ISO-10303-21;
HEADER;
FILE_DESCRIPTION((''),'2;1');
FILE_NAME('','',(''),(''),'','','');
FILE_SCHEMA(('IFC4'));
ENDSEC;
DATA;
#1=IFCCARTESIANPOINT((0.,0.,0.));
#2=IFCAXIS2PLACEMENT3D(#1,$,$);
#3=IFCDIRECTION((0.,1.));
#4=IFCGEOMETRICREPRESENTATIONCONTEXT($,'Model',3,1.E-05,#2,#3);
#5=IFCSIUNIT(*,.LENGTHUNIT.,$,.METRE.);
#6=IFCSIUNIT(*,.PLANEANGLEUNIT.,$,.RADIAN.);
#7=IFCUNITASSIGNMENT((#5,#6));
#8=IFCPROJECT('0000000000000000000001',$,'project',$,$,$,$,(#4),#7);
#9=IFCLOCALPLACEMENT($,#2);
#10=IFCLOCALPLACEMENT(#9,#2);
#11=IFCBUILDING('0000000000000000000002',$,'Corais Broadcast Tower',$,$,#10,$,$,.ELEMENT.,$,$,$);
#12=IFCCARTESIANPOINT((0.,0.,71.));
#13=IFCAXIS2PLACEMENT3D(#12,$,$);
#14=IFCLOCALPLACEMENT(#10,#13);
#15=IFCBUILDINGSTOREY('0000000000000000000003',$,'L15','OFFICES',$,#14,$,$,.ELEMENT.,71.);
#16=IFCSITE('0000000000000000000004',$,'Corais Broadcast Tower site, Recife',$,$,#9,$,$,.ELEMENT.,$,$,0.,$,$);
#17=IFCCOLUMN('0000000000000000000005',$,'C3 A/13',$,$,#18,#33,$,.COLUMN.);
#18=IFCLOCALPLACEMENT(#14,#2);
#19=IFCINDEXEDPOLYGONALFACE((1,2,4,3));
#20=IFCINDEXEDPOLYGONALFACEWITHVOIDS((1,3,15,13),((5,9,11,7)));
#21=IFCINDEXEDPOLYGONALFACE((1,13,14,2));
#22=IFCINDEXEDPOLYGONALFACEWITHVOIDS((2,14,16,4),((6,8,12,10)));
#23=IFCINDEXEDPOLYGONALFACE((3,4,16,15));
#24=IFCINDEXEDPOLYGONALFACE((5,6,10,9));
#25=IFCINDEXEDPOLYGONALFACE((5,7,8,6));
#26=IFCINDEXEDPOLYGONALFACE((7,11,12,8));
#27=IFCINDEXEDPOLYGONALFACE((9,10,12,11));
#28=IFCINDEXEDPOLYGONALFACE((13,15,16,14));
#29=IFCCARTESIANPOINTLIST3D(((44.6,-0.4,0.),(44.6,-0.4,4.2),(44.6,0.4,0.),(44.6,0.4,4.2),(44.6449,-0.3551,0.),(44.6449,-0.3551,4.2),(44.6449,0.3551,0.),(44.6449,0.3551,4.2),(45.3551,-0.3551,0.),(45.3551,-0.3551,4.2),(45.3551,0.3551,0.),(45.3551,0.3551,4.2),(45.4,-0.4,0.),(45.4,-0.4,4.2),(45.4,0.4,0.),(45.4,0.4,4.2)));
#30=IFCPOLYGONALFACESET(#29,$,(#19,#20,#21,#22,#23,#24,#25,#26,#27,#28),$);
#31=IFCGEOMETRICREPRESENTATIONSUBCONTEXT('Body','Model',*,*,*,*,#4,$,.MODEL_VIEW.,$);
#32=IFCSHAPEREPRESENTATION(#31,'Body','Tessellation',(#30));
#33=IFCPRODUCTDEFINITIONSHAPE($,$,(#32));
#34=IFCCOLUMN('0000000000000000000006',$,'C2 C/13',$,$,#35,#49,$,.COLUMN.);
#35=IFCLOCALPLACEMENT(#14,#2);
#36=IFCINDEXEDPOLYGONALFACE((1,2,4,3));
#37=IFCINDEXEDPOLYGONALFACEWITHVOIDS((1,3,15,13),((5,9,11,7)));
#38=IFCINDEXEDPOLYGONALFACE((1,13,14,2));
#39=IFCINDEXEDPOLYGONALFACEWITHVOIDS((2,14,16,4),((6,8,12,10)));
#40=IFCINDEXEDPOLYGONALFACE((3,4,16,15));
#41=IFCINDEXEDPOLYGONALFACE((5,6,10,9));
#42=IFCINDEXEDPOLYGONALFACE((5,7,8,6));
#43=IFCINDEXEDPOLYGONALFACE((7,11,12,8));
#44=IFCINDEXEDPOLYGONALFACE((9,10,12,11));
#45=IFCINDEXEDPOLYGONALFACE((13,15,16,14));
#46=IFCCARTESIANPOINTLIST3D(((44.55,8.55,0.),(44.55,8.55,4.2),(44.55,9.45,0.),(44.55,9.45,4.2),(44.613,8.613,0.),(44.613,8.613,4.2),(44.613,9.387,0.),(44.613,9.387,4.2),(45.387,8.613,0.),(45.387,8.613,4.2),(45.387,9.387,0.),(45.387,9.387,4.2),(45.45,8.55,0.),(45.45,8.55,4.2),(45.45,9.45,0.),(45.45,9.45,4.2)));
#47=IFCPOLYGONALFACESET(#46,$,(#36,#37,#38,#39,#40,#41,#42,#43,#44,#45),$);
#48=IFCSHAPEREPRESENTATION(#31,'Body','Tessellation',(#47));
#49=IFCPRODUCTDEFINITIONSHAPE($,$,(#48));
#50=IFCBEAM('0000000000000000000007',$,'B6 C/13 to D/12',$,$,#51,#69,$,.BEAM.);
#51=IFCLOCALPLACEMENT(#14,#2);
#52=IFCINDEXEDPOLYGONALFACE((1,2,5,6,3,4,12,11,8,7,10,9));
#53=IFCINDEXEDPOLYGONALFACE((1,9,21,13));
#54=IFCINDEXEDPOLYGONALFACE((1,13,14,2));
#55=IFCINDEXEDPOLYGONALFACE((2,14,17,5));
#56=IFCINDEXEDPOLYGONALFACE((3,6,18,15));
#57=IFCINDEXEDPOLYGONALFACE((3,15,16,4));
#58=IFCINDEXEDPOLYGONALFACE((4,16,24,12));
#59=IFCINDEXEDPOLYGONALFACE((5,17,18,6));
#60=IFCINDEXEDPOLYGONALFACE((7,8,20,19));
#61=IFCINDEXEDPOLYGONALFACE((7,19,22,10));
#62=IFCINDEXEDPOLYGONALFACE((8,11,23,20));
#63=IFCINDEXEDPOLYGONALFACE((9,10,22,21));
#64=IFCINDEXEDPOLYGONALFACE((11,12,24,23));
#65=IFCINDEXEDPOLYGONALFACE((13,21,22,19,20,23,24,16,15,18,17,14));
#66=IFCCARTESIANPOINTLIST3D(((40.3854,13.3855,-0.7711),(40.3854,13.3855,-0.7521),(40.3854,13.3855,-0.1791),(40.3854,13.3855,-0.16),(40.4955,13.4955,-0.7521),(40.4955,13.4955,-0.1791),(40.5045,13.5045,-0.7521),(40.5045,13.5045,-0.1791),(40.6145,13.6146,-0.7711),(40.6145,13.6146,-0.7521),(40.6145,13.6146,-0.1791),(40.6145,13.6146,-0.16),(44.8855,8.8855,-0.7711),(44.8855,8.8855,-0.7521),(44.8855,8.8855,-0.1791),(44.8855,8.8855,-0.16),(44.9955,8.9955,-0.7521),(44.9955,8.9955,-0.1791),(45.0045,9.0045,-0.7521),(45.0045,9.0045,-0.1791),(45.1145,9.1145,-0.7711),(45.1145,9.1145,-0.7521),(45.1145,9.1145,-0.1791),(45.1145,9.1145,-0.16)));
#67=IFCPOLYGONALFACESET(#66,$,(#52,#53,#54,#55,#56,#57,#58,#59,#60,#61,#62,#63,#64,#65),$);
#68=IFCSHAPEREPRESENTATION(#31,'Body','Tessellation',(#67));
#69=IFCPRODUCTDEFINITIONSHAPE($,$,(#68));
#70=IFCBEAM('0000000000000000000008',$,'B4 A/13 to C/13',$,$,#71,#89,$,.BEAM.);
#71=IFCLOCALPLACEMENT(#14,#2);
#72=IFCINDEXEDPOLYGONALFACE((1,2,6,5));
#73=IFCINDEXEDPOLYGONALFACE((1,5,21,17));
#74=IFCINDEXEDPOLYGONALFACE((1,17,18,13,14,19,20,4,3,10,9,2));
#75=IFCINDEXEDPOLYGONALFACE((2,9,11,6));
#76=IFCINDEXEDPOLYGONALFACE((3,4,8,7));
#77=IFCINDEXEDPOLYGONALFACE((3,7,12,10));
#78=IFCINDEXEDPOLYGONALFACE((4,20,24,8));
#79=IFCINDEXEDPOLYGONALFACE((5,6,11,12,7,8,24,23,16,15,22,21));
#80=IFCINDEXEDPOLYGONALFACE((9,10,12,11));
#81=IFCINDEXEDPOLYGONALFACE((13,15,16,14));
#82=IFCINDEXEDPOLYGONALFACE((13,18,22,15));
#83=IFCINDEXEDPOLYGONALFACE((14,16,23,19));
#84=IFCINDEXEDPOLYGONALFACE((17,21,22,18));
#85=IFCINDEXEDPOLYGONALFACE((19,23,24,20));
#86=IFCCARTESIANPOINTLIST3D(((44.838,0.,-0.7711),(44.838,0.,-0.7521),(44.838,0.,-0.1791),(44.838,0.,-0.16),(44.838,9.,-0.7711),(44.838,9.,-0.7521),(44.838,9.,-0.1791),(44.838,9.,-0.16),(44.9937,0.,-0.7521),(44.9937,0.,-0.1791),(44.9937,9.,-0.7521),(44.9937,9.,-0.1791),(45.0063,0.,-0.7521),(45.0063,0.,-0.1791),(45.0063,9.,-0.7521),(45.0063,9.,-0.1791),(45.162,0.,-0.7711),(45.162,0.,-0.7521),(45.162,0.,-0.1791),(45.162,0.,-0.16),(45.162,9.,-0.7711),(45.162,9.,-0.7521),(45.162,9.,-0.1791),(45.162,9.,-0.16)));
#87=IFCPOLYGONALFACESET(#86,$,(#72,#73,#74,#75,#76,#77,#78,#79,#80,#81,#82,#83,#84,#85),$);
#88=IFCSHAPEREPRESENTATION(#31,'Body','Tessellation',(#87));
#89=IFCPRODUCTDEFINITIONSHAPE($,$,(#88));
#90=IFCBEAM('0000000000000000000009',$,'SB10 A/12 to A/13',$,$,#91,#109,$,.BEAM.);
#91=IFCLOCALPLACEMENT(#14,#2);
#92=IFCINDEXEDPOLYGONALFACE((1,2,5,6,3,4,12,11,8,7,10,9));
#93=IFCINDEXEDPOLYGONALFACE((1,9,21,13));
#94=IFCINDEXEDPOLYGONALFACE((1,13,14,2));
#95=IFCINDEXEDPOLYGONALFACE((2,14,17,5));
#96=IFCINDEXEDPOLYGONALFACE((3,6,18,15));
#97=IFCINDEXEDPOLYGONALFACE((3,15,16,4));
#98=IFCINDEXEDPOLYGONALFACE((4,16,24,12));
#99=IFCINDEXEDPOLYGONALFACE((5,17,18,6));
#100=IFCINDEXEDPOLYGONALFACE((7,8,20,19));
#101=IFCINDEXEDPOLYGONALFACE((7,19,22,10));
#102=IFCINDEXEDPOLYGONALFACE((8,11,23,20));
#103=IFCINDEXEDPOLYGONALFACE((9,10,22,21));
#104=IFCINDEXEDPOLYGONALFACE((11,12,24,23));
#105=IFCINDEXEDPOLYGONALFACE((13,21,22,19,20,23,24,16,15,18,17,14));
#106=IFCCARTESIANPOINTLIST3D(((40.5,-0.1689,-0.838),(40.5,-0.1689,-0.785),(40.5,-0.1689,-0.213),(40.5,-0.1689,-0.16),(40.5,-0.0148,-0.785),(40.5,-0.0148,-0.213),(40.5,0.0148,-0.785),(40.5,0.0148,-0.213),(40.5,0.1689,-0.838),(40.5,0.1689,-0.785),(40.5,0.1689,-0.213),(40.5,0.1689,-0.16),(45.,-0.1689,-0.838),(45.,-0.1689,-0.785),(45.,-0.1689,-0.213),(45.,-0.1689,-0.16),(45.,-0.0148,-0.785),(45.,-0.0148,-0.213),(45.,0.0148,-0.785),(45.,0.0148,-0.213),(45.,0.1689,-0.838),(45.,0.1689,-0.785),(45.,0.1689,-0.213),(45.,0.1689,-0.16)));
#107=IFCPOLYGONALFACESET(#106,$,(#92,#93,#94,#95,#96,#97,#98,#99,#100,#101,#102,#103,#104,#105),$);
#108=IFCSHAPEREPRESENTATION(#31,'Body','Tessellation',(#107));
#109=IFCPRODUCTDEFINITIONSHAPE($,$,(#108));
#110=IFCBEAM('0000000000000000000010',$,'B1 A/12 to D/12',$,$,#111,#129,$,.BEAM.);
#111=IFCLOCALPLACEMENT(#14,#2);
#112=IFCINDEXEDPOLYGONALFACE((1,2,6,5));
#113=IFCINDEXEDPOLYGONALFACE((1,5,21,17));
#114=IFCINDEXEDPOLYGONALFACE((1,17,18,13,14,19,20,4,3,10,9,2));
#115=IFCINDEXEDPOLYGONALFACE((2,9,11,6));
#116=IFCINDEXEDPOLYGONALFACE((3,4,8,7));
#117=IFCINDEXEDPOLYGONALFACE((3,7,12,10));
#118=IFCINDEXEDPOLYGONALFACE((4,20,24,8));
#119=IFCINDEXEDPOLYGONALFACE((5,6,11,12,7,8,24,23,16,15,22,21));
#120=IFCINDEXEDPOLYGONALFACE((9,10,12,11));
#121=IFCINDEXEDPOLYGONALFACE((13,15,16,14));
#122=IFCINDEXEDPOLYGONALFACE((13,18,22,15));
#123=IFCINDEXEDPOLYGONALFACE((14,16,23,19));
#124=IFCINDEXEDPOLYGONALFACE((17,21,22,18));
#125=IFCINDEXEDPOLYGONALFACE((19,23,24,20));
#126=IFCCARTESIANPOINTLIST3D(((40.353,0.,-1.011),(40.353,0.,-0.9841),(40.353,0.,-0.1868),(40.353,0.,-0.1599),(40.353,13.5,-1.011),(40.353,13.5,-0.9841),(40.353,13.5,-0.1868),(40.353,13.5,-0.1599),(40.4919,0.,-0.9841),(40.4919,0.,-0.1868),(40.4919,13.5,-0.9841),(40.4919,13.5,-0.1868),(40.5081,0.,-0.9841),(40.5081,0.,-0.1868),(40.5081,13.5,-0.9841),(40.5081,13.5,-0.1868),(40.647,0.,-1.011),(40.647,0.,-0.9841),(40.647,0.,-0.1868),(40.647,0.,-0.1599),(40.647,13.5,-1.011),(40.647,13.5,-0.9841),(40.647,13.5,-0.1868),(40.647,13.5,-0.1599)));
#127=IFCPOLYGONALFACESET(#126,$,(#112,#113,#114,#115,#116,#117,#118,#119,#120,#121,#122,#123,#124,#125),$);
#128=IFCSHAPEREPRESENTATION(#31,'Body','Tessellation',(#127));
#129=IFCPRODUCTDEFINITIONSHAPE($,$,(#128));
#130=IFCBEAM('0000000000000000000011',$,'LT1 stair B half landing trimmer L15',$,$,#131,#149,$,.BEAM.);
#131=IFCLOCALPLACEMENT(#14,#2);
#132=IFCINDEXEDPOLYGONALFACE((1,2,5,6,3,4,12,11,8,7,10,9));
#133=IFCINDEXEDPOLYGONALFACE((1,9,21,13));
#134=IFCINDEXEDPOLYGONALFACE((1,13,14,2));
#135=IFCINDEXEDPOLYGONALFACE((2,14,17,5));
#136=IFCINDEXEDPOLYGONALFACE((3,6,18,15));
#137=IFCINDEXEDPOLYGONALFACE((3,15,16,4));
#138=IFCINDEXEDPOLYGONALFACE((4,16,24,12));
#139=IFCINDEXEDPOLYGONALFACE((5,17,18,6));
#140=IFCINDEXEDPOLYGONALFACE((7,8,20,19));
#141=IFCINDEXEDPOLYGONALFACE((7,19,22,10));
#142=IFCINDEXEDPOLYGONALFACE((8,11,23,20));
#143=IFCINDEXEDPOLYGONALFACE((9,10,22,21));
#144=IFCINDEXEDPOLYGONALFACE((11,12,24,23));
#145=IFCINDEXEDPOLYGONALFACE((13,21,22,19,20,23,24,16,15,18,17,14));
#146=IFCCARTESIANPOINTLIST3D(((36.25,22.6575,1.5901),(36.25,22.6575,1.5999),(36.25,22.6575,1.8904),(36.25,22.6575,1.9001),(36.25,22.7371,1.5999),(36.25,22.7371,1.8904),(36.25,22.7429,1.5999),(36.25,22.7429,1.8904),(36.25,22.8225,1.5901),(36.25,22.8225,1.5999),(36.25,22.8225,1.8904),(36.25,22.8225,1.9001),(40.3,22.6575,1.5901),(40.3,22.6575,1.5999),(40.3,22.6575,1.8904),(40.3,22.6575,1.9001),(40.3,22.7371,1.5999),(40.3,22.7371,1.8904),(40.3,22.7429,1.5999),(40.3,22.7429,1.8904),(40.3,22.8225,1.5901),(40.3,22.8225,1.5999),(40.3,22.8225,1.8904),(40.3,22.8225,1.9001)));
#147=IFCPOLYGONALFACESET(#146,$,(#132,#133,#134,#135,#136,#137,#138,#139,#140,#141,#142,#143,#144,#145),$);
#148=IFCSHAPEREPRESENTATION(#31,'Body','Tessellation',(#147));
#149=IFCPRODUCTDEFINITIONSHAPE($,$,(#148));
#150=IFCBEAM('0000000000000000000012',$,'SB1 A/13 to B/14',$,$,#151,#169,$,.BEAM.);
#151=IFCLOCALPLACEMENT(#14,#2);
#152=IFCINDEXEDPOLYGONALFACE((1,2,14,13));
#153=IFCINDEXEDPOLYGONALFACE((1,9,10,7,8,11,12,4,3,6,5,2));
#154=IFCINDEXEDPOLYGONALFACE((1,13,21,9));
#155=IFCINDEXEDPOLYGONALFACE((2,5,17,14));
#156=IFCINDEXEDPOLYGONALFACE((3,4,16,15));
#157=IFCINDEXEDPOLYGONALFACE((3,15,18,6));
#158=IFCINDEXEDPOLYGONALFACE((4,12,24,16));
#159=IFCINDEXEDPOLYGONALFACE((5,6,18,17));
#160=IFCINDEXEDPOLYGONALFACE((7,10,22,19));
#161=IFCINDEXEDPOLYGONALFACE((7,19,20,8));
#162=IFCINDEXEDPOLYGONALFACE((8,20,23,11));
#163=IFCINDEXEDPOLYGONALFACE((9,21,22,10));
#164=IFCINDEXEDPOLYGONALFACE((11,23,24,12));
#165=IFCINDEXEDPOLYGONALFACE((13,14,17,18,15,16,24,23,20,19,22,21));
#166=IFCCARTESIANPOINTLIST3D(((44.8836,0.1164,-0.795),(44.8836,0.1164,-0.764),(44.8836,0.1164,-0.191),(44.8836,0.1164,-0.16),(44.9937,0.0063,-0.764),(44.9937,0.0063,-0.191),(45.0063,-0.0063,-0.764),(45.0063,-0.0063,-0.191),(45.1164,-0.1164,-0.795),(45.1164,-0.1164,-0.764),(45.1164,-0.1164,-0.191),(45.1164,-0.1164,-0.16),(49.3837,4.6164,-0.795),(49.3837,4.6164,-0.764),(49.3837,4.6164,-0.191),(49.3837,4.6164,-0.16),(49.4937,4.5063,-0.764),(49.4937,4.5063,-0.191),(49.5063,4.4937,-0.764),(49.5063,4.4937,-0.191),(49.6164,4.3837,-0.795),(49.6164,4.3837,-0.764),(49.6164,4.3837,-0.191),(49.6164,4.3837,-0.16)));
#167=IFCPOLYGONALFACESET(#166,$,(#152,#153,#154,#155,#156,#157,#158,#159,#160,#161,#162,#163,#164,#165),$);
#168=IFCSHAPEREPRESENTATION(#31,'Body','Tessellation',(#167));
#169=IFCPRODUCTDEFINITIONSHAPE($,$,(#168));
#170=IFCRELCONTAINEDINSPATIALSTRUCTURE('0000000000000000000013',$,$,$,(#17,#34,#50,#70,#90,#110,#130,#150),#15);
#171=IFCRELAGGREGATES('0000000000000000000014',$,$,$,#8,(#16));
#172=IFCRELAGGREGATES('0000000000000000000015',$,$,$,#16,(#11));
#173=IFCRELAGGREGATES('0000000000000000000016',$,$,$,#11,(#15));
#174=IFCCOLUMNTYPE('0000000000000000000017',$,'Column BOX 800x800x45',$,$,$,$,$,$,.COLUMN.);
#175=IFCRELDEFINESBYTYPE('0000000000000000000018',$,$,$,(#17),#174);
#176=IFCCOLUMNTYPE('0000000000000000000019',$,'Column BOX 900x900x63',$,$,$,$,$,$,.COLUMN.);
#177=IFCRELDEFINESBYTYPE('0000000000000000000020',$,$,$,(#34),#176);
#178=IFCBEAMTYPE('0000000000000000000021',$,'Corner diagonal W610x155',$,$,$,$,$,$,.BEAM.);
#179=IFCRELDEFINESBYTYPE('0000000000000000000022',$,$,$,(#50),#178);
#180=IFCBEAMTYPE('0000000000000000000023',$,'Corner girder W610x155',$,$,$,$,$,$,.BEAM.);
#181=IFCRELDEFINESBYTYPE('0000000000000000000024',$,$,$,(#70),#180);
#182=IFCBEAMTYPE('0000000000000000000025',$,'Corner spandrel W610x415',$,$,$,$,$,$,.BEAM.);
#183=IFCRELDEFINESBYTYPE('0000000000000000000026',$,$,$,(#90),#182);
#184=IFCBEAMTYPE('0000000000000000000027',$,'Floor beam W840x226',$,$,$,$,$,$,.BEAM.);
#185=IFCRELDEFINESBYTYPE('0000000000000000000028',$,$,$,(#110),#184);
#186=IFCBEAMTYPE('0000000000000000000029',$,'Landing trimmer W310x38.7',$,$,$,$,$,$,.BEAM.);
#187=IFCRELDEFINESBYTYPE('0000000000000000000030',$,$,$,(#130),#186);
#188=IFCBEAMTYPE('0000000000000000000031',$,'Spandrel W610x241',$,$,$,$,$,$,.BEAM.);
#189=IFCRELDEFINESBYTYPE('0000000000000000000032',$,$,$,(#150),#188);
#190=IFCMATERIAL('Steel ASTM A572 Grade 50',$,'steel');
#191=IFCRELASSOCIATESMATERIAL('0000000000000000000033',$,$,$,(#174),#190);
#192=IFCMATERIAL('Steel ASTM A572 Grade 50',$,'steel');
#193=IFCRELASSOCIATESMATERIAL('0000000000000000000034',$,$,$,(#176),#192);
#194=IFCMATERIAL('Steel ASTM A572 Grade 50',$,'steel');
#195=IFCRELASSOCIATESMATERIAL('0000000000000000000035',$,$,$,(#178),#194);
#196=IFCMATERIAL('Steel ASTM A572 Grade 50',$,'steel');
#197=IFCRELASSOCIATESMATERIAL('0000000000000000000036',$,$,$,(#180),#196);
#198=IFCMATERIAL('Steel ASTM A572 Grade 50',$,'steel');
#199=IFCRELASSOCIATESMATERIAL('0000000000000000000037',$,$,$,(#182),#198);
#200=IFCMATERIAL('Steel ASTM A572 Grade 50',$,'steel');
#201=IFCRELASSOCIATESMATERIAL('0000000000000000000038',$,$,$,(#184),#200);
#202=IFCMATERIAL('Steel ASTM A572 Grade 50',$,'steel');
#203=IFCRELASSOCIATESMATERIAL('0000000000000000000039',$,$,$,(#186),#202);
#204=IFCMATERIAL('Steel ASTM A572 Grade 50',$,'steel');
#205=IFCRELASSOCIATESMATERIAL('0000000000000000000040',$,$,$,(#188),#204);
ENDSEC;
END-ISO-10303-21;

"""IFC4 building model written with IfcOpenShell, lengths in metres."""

from ifc_helpers import new_model, si_unit, direction, frame, origin, origin_2d, place, context, subcontext, project, spatial, hollow_rectangle, i_section, extrude, material, material_profile, profile_set, type_object, element, save


model = new_model("IFC4")

# Units and contexts
model_context = context("Model", 3, precision=1e-05, world=origin(), true_north=direction((0.0, 1.0)))
body_context = subcontext(model_context, "Body", "Model", "MODEL_VIEW")
ifc_project = project(units=[si_unit("LENGTHUNIT", "METRE"), si_unit("PLANEANGLEUNIT", "RADIAN")], contexts=[model_context])

# Site, building, storey
site_placement = place(None, origin())
site = spatial("IfcSite", under=ifc_project, at=site_placement, Name="Corais Broadcast Tower site, Recife", CompositionType="ELEMENT", RefElevation=0.0)
building_placement = place(site_placement, origin())
building = spatial("IfcBuilding", under=site, at=building_placement, Name="Corais Broadcast Tower", CompositionType="ELEMENT")
storey_placement = place(building_placement, frame((0.0, 0.0, 71.0)))
storey = spatial("IfcBuildingStorey", under=building, at=storey_placement, Name="L15", Description="OFFICES", CompositionType="ELEMENT", Elevation=71.0)

# Columns
ifc_material_1 = material(Name="Steel ASTM A572 Grade 50", Category="steel")
ifc_material_profile_1 = material_profile(ifc_material_1, hollow_rectangle(XDim=0.8, YDim=0.8, WallThickness=0.0449, at=origin_2d()), Name="BOX 800x800x45")
ifc_profile_set_1 = profile_set([ifc_material_profile_1], Name="Steel ASTM A572 Grade 50")
column_type_1 = type_object("IfcColumnType", Name="Column BOX 800x800x45", PredefinedType="COLUMN", material=ifc_profile_set_1)
column_1_placement = place(storey_placement, frame((45.0, 0.0, 0.0), z_axis=(0.0, 0.0, 1.0), x_axis=(1.0, 0.0, 0.0)))
element("IfcColumn", 1, at=column_1_placement, inside=storey, type_object=column_type_1, Name="C3 A/13", PredefinedType="COLUMN", context=body_context, shape_type="SweptSolid", body=[
    extrude(hollow_rectangle(XDim=0.8, YDim=0.8, WallThickness=0.0449, at=origin_2d()), origin(), (0.0, 0.0, 1.0), 4.2),
])
ifc_material_2 = material(Name="Steel ASTM A572 Grade 50", Category="steel")
ifc_material_profile_2 = material_profile(ifc_material_2, hollow_rectangle(XDim=0.8999, YDim=0.8999, WallThickness=0.063, at=origin_2d()), Name="BOX 900x900x63")
ifc_profile_set_2 = profile_set([ifc_material_profile_2], Name="Steel ASTM A572 Grade 50")
column_type_2 = type_object("IfcColumnType", Name="Column BOX 900x900x63", PredefinedType="COLUMN", material=ifc_profile_set_2)
column_2_placement = place(storey_placement, frame((45.0, 9.0, 0.0), z_axis=(0.0, 0.0, 1.0), x_axis=(1.0, 0.0, 0.0)))
element("IfcColumn", 2, at=column_2_placement, inside=storey, type_object=column_type_2, Name="C2 C/13", PredefinedType="COLUMN", context=body_context, shape_type="SweptSolid", body=[
    extrude(hollow_rectangle(XDim=0.8999, YDim=0.8999, WallThickness=0.063, at=origin_2d()), origin(), (0.0, 0.0, 1.0), 4.2),
])

# Beams
ifc_material_3 = material(Name="Steel ASTM A572 Grade 50", Category="steel")
ifc_material_profile_3 = material_profile(ifc_material_3, i_section(OverallWidth=0.324, OverallDepth=0.6111, WebThickness=0.0127, FlangeThickness=0.019, at=origin_2d()), Name="W610x155")
ifc_profile_set_3 = profile_set([ifc_material_profile_3], Name="Steel ASTM A572 Grade 50")
beam_type_1 = type_object("IfcBeamType", Name="Corner diagonal W610x155", PredefinedType="BEAM", material=ifc_profile_set_3)
beam_1_placement = place(storey_placement, frame((45.0, 9.0, -0.4656), z_axis=(-0.707107, 0.707107, 0.0), x_axis=(-0.707107, -0.707107, 0.0)))
element("IfcBeam", 3, at=beam_1_placement, inside=storey, type_object=beam_type_1, Name="B6 C/13 to D/12", PredefinedType="BEAM", context=body_context, shape_type="SweptSolid", body=[
    extrude(i_section(OverallWidth=0.324, OverallDepth=0.6111, WebThickness=0.0127, FlangeThickness=0.019, at=origin_2d()), origin(), (0.0, 0.0, 1.0), 6.364),
])
ifc_material_4 = material(Name="Steel ASTM A572 Grade 50", Category="steel")
ifc_material_profile_4 = material_profile(ifc_material_4, i_section(OverallWidth=0.324, OverallDepth=0.6111, WebThickness=0.0127, FlangeThickness=0.019, at=origin_2d()), Name="W610x155")
ifc_profile_set_4 = profile_set([ifc_material_profile_4], Name="Steel ASTM A572 Grade 50")
beam_type_2 = type_object("IfcBeamType", Name="Corner girder W610x155", PredefinedType="BEAM", material=ifc_profile_set_4)
beam_2_placement = place(storey_placement, frame((45.0, 0.0, -0.4656), z_axis=(0.0, 1.0, 0.0), x_axis=(-1.0, 0.0, 0.0)))
element("IfcBeam", 4, at=beam_2_placement, inside=storey, type_object=beam_type_2, Name="B4 A/13 to C/13", PredefinedType="BEAM", context=body_context, shape_type="SweptSolid", body=[
    extrude(i_section(OverallWidth=0.324, OverallDepth=0.6111, WebThickness=0.0127, FlangeThickness=0.019, at=origin_2d()), origin(), (0.0, 0.0, 1.0), 9.0),
])
ifc_material_5 = material(Name="Steel ASTM A572 Grade 50", Category="steel")
ifc_material_profile_5 = material_profile(ifc_material_5, i_section(OverallWidth=0.3379, OverallDepth=0.678, WebThickness=0.0295, FlangeThickness=0.053, at=origin_2d()), Name="W610x415")
ifc_profile_set_5 = profile_set([ifc_material_profile_5], Name="Steel ASTM A572 Grade 50")
beam_type_3 = type_object("IfcBeamType", Name="Corner spandrel W610x415", PredefinedType="BEAM", material=ifc_profile_set_5)
beam_3_placement = place(storey_placement, frame((40.5, 0.0, -0.499), z_axis=(1.0, 0.0, 0.0), x_axis=(0.0, 1.0, 0.0)))
element("IfcBeam", 5, at=beam_3_placement, inside=storey, type_object=beam_type_3, Name="SB10 A/12 to A/13", PredefinedType="BEAM", context=body_context, shape_type="SweptSolid", body=[
    extrude(i_section(OverallWidth=0.3379, OverallDepth=0.678, WebThickness=0.0295, FlangeThickness=0.053, at=origin_2d()), origin(), (0.0, 0.0, 1.0), 4.5),
])
ifc_material_6 = material(Name="Steel ASTM A572 Grade 50", Category="steel")
ifc_material_profile_6 = material_profile(ifc_material_6, i_section(OverallWidth=0.2939, OverallDepth=0.8511, WebThickness=0.0161, FlangeThickness=0.0269, at=origin_2d()), Name="W840x226")
ifc_profile_set_6 = profile_set([ifc_material_profile_6], Name="Steel ASTM A572 Grade 50")
beam_type_4 = type_object("IfcBeamType", Name="Floor beam W840x226", PredefinedType="BEAM", material=ifc_profile_set_6)
beam_4_placement = place(storey_placement, frame((40.5, 0.0, -0.5854), z_axis=(0.0, 1.0, 0.0), x_axis=(-1.0, 0.0, 0.0)))
element("IfcBeam", 6, at=beam_4_placement, inside=storey, type_object=beam_type_4, Name="B1 A/12 to D/12", PredefinedType="BEAM", context=body_context, shape_type="SweptSolid", body=[
    extrude(i_section(OverallWidth=0.2939, OverallDepth=0.8511, WebThickness=0.0161, FlangeThickness=0.0269, at=origin_2d()), origin(), (0.0, 0.0, 1.0), 13.5),
])
ifc_material_7 = material(Name="Steel ASTM A572 Grade 50", Category="steel")
ifc_material_profile_7 = material_profile(ifc_material_7, i_section(OverallWidth=0.165, OverallDepth=0.3101, WebThickness=0.0059, FlangeThickness=0.0098, at=origin_2d()), Name="W310x38.7")
ifc_profile_set_7 = profile_set([ifc_material_profile_7], Name="Steel ASTM A572 Grade 50")
beam_type_5 = type_object("IfcBeamType", Name="Landing trimmer W310x38.7", PredefinedType="BEAM", material=ifc_profile_set_7)
beam_5_placement = place(storey_placement, frame((36.25, 22.74, 1.7451), z_axis=(1.0, 0.0, 0.0), x_axis=(0.0, 1.0, 0.0)))
element("IfcBeam", 7, at=beam_5_placement, inside=storey, type_object=beam_type_5, Name="LT1 stair B half landing trimmer L15", PredefinedType="BEAM", context=body_context, shape_type="SweptSolid", body=[
    extrude(i_section(OverallWidth=0.165, OverallDepth=0.3101, WebThickness=0.0059, FlangeThickness=0.0098, at=origin_2d()), origin(), (0.0, 0.0, 1.0), 4.05),
])
ifc_material_8 = material(Name="Steel ASTM A572 Grade 50", Category="steel")
ifc_material_profile_8 = material_profile(ifc_material_8, i_section(OverallWidth=0.3291, OverallDepth=0.635, WebThickness=0.0178, FlangeThickness=0.031, at=origin_2d()), Name="W610x241")
ifc_profile_set_8 = profile_set([ifc_material_profile_8], Name="Steel ASTM A572 Grade 50")
beam_type_6 = type_object("IfcBeamType", Name="Spandrel W610x241", PredefinedType="BEAM", material=ifc_profile_set_8)
beam_6_placement = place(storey_placement, frame((45.0, 0.0, -0.4775), z_axis=(0.707107, 0.707107, 0.0), x_axis=(-0.707107, 0.707107, 0.0)))
element("IfcBeam", 8, at=beam_6_placement, inside=storey, type_object=beam_type_6, Name="SB1 A/13 to B/14", PredefinedType="BEAM", context=body_context, shape_type="SweptSolid", body=[
    extrude(i_section(OverallWidth=0.3291, OverallDepth=0.635, WebThickness=0.0178, FlangeThickness=0.031, at=origin_2d()), origin(), (0.0, 0.0, 1.0), 6.364),
])

save(model, "model.ifc")
